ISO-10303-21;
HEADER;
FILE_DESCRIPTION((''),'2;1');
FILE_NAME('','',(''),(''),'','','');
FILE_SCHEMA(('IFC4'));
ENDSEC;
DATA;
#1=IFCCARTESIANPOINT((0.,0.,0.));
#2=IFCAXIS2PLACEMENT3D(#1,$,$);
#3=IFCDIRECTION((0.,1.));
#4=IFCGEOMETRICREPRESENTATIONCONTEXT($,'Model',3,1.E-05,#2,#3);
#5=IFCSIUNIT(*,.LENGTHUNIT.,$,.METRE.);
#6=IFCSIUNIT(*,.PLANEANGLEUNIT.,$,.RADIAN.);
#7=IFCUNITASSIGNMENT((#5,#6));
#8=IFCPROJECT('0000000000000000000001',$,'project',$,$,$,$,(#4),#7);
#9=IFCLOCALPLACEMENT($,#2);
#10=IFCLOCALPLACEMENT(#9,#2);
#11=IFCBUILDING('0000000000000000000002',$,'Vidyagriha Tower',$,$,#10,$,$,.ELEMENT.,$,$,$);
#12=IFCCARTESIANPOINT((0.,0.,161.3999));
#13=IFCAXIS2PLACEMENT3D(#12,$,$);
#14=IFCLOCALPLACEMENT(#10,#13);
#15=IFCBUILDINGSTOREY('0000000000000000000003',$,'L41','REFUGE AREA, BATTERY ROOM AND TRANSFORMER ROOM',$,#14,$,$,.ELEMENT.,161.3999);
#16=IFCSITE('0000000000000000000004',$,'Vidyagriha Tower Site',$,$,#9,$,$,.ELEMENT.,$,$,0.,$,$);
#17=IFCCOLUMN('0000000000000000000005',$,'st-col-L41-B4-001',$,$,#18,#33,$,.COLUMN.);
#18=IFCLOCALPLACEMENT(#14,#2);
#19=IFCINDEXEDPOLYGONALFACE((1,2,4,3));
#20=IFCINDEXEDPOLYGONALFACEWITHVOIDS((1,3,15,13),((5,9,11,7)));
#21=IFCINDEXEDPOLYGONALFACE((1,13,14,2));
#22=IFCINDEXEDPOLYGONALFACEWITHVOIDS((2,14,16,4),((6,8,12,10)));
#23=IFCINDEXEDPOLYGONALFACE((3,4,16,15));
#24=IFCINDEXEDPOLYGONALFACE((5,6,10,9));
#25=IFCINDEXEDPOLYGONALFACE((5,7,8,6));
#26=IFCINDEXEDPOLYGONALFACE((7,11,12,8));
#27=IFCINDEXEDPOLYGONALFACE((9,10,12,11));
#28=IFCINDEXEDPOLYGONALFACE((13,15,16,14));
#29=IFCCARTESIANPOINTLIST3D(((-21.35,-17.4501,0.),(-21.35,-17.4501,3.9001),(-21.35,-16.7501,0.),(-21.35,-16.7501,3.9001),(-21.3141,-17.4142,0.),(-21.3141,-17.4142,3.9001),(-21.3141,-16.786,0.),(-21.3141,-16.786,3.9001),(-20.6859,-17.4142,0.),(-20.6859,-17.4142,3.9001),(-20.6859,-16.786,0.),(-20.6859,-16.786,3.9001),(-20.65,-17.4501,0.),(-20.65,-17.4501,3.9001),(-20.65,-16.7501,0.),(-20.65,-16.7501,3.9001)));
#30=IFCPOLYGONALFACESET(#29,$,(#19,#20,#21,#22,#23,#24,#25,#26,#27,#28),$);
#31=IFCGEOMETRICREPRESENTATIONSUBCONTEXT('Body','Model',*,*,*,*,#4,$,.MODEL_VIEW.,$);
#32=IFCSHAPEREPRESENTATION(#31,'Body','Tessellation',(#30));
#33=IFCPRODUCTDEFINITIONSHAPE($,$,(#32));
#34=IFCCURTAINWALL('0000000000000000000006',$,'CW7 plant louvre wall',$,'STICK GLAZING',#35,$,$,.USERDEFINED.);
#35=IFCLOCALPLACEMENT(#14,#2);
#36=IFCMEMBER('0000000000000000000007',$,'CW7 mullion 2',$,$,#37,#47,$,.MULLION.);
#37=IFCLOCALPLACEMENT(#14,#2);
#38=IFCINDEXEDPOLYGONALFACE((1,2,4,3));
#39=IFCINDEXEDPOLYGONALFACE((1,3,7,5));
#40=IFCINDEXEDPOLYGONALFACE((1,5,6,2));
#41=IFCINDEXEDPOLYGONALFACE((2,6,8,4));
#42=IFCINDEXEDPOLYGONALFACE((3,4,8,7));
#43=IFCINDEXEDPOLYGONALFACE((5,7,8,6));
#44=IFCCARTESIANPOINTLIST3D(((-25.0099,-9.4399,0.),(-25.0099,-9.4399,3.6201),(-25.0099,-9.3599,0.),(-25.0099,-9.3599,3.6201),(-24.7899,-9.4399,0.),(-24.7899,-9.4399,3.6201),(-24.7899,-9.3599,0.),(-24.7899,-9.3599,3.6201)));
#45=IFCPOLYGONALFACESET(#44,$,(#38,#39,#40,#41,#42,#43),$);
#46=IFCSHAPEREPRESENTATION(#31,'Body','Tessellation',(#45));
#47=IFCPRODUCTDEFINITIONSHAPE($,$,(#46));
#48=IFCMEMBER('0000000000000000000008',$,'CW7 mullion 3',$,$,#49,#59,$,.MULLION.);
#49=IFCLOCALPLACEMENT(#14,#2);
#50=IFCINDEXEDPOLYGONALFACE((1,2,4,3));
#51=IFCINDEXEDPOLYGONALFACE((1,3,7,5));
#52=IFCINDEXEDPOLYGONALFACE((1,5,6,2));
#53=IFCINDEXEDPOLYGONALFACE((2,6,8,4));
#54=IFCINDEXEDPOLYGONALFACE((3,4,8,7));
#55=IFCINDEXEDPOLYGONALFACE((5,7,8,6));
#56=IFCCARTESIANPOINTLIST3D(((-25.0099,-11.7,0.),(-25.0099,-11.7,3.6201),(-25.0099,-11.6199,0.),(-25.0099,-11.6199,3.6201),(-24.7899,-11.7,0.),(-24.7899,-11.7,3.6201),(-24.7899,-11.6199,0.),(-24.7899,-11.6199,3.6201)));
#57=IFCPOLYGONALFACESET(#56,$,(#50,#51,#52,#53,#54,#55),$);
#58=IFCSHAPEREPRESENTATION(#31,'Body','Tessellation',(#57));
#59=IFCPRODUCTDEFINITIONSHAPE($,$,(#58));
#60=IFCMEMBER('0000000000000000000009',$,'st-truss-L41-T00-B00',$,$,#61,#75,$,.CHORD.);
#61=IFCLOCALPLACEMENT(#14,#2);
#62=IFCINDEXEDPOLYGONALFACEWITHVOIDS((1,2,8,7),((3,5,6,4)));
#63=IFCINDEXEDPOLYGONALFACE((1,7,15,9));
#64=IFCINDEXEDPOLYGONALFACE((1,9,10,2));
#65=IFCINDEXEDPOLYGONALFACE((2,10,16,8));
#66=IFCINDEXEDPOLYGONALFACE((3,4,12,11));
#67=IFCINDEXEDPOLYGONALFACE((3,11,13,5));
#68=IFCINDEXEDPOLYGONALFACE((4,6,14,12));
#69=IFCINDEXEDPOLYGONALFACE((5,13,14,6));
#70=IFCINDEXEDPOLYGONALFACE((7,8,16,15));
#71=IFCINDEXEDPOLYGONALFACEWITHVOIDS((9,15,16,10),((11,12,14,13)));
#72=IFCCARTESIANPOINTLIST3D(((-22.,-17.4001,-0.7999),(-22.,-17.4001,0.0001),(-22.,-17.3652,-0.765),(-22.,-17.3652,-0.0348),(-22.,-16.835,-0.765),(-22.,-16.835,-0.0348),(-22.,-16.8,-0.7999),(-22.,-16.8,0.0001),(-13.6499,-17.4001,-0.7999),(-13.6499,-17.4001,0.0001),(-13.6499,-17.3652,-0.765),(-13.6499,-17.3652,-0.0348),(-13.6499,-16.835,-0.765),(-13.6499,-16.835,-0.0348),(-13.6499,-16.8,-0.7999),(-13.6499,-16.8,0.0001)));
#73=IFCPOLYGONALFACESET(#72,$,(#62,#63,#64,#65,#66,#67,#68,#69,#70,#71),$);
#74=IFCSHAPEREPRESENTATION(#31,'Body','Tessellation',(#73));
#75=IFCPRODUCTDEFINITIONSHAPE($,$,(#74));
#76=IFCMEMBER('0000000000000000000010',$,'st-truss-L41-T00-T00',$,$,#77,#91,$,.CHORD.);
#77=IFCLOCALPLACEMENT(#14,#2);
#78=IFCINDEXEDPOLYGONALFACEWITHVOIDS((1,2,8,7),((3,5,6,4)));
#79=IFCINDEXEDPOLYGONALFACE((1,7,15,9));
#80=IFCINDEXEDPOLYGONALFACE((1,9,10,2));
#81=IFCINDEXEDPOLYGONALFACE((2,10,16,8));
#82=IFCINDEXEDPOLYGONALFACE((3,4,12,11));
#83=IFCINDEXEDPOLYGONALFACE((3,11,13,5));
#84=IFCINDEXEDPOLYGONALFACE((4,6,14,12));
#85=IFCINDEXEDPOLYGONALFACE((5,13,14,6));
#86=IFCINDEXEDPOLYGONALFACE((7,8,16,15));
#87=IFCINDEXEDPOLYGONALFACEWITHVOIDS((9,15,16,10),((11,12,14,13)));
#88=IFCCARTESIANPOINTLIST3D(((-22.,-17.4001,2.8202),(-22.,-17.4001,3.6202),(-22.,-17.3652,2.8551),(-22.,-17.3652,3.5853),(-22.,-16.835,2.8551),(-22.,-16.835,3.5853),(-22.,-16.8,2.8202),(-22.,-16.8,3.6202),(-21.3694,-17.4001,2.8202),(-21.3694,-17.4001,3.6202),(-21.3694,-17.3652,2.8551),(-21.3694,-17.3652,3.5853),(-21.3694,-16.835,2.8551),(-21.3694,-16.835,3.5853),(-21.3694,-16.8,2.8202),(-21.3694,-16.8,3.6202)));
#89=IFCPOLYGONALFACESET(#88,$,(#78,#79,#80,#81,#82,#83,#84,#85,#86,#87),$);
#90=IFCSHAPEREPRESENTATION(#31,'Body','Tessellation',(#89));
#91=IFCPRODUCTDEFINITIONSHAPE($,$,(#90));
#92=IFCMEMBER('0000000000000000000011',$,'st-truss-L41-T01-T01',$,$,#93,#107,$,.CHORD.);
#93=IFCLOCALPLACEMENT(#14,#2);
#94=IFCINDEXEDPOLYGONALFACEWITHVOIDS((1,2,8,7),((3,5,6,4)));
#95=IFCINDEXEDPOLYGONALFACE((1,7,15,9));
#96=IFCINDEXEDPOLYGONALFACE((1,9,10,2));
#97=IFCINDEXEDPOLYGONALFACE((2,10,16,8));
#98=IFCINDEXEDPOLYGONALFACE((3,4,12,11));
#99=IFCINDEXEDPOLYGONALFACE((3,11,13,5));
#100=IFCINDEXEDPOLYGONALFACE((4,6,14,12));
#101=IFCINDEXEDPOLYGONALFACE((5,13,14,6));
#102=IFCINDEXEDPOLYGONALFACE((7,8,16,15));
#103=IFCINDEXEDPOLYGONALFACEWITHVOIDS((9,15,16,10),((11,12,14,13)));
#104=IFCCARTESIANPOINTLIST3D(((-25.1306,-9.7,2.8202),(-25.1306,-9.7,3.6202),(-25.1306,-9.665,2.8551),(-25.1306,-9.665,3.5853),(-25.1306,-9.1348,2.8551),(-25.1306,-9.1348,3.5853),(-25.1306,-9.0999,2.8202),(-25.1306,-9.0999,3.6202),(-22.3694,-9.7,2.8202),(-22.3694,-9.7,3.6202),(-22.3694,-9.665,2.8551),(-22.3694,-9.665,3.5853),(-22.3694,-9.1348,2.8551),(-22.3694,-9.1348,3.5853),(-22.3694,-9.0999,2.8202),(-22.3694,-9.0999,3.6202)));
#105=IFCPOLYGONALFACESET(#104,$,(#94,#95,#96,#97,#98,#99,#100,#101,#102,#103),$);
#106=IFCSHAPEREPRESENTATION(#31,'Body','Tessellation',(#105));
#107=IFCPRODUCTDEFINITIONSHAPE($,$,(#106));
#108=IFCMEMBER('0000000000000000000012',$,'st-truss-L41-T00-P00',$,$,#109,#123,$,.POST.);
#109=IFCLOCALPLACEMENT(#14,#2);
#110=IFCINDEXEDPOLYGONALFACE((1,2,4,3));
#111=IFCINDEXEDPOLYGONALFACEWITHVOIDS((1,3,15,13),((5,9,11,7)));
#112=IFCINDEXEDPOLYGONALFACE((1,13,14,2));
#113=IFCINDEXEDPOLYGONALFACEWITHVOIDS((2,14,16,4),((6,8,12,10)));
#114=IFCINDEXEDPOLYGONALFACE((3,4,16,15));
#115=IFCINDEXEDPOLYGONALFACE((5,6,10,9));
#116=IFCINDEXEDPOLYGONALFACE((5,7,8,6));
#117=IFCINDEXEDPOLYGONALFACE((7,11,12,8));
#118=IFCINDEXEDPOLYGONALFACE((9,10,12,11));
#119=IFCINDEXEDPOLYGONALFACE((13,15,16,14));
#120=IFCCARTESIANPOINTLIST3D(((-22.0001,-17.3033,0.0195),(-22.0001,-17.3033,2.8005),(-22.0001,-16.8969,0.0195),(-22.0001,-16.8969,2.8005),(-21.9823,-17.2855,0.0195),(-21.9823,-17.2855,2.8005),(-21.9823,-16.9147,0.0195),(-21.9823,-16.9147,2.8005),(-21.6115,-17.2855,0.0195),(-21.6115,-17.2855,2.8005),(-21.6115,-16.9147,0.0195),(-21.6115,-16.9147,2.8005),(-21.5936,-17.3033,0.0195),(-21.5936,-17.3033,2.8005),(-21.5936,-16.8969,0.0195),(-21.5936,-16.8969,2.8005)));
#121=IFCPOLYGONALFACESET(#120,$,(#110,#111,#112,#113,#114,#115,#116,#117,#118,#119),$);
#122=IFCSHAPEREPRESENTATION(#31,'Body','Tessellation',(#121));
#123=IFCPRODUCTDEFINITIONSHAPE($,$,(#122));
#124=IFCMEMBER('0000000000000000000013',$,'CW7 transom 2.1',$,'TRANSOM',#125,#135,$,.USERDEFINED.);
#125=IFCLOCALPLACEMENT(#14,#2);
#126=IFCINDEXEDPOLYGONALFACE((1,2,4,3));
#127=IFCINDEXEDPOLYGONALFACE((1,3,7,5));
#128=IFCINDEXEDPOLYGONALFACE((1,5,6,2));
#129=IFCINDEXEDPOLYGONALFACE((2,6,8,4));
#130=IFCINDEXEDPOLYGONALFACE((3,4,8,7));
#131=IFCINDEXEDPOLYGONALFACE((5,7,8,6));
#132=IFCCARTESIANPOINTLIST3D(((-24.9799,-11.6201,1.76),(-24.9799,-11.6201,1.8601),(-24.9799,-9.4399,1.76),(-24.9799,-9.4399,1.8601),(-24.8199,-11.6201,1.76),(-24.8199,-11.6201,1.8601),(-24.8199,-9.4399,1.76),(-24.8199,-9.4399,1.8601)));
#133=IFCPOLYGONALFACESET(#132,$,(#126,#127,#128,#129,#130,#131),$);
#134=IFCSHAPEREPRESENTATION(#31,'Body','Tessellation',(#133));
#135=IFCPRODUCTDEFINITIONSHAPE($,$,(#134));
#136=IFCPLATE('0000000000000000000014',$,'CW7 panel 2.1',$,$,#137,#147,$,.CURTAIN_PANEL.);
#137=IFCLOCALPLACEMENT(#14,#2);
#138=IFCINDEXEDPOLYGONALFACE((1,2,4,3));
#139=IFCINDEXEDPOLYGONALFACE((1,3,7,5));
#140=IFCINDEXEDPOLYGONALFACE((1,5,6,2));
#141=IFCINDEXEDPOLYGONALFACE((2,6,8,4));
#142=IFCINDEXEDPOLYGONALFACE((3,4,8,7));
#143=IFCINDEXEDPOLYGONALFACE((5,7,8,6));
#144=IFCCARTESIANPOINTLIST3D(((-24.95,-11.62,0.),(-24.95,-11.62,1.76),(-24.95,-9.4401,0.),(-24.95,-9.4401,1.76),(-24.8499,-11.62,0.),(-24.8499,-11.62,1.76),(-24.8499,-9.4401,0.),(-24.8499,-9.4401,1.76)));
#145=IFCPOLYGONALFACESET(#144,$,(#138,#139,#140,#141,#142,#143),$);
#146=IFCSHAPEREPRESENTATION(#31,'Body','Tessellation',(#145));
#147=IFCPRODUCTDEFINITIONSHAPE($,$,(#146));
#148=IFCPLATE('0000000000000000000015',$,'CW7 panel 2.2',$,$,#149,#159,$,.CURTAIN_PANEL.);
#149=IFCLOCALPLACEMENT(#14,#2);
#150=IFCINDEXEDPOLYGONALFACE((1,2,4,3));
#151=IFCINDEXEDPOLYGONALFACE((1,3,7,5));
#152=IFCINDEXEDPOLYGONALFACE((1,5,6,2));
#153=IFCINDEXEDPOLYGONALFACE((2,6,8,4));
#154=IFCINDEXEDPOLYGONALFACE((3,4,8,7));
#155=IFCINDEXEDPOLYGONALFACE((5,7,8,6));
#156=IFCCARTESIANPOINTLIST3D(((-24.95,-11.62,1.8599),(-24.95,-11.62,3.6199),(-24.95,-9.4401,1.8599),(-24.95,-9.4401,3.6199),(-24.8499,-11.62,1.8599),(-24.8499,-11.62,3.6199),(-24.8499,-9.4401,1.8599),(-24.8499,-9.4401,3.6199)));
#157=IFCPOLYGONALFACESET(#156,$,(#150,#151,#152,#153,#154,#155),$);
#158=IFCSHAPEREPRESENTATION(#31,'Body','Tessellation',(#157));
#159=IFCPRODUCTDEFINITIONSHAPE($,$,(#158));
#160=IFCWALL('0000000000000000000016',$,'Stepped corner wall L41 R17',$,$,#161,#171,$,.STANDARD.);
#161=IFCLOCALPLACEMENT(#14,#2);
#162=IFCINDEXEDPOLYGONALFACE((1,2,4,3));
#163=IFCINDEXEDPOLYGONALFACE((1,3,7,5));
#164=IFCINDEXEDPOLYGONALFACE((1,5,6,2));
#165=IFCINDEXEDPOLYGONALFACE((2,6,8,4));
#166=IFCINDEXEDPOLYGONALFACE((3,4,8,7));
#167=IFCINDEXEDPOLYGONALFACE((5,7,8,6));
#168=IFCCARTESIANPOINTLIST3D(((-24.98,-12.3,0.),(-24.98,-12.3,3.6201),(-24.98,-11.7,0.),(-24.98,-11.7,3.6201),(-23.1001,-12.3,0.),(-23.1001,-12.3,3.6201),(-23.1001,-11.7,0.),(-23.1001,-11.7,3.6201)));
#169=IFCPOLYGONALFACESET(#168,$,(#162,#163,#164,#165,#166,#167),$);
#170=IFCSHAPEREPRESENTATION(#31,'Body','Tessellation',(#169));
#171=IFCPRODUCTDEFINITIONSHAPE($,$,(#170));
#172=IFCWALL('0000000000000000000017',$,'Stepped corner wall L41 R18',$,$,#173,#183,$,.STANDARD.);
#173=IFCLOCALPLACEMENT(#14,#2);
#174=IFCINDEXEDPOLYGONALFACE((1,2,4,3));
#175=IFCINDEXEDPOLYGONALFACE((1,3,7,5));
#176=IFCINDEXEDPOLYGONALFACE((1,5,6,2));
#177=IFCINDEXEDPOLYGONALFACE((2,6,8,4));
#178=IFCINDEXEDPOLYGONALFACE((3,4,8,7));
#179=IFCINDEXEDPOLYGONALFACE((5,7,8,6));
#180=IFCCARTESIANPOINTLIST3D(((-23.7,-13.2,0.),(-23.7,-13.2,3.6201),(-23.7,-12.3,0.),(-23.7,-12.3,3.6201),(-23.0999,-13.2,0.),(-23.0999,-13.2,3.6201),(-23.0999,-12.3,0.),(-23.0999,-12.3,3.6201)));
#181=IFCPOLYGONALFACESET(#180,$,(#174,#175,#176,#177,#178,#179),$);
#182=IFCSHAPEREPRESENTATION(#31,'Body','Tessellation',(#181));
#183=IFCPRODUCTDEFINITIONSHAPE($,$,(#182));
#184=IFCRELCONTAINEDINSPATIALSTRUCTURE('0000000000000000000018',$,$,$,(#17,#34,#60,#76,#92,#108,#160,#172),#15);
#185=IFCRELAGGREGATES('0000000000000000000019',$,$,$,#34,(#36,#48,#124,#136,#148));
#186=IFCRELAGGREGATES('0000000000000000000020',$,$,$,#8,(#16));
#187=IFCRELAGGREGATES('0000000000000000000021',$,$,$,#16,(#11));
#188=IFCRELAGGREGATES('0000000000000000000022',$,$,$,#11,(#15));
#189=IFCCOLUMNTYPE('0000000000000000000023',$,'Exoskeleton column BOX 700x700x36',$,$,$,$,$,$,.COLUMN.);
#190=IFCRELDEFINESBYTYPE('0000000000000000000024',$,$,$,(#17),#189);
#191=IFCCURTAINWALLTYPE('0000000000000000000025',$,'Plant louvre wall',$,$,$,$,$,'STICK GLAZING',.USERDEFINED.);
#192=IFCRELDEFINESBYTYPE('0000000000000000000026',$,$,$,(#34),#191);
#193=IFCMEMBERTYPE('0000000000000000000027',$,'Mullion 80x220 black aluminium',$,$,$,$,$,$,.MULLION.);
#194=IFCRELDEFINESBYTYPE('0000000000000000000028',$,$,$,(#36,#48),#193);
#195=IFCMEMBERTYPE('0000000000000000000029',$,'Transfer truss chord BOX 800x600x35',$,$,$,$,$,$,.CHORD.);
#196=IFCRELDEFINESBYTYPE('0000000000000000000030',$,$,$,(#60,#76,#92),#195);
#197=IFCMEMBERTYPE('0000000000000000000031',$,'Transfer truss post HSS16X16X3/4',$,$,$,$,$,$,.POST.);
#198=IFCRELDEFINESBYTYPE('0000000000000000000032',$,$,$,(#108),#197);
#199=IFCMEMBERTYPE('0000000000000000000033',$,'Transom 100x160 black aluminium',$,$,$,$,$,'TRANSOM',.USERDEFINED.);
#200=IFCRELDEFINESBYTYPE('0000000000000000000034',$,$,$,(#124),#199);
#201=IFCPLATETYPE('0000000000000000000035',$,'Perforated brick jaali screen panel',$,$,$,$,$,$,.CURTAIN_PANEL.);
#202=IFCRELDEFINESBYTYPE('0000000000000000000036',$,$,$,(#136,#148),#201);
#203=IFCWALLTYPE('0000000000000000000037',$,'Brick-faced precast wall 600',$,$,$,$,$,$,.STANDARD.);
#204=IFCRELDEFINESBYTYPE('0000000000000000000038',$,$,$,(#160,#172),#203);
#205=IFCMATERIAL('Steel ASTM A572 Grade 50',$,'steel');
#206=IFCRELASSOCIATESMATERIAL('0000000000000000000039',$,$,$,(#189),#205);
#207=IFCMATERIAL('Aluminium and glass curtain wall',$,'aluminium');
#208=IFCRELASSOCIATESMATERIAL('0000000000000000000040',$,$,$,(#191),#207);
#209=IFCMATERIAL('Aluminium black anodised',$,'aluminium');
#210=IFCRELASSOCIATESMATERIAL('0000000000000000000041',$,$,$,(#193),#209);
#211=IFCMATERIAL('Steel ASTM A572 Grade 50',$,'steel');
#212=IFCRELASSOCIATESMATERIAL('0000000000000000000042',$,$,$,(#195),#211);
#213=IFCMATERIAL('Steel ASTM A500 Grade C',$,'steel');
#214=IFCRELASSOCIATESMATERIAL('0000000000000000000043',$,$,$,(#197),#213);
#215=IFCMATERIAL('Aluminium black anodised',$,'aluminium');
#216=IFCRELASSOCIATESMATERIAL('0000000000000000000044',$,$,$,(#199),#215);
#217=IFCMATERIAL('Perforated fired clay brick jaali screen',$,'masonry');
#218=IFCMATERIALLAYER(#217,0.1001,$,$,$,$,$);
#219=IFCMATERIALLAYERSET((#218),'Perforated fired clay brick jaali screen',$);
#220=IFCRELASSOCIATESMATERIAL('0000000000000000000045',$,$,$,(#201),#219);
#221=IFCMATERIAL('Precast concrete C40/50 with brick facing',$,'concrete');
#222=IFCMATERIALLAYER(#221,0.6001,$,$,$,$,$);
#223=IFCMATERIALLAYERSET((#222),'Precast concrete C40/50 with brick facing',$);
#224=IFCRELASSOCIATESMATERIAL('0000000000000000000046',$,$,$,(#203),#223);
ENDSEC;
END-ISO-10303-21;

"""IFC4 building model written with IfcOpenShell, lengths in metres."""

from ifc_helpers import new_model, si_unit, direction, frame, frame_2d, origin, origin_2d, place, context, subcontext, project, spatial, rectangle, hollow_rectangle, extrude, material, layer, layer_set, material_profile, profile_set, type_object, element, aggregate, save


model = new_model("IFC4")

# Units and contexts
model_context = context("Model", 3, precision=1e-05, world=origin(), true_north=direction((0.0, 1.0)))
body_context = subcontext(model_context, "Body", "Model", "MODEL_VIEW")
ifc_project = project(units=[si_unit("LENGTHUNIT", "METRE"), si_unit("PLANEANGLEUNIT", "RADIAN")], contexts=[model_context])

# Site, building, storey
site_placement = place(None, origin())
site = spatial("IfcSite", under=ifc_project, at=site_placement, Name="Vidyagriha Tower Site", CompositionType="ELEMENT", RefElevation=0.0)
building_placement = place(site_placement, origin())
building = spatial("IfcBuilding", under=site, at=building_placement, Name="Vidyagriha Tower", CompositionType="ELEMENT")
storey_placement = place(building_placement, frame((0.0, 0.0, 161.3999)))
storey = spatial("IfcBuildingStorey", under=building, at=storey_placement, Name="L41", Description="REFUGE AREA, BATTERY ROOM AND TRANSFORMER ROOM", CompositionType="ELEMENT", Elevation=161.3999)

# Column
ifc_material_1 = material(Name="Steel ASTM A572 Grade 50", Category="steel")
ifc_material_profile_1 = material_profile(ifc_material_1, hollow_rectangle(XDim=0.7, YDim=0.7, WallThickness=0.0359, at=origin_2d()), Name="BOX 700x700x36")
ifc_profile_set_1 = profile_set([ifc_material_profile_1], Name="Steel ASTM A572 Grade 50")
column_type = type_object("IfcColumnType", Name="Exoskeleton column BOX 700x700x36", PredefinedType="COLUMN", material=ifc_profile_set_1)
column_placement = place(storey_placement, frame((-21.0, -17.1001, 0.0)))
element("IfcColumn", 1, at=column_placement, inside=storey, type_object=column_type, Name="st-col-L41-B4-001", PredefinedType="COLUMN", context=body_context, shape_type="SweptSolid", body=[
    extrude(hollow_rectangle(XDim=0.7, YDim=0.7, WallThickness=0.0359, at=origin_2d()), origin(), (0.0, 0.0, 1.0), 3.9001),
])

# Curtain wall, members
ifc_material_2 = material(Name="Aluminium and glass curtain wall", Category="aluminium")
curtain_wall_type = type_object("IfcCurtainWallType", Name="Plant louvre wall", ElementType="STICK GLAZING", PredefinedType="USERDEFINED", material=ifc_material_2)
curtain_wall_placement = place(storey_placement, origin())
curtain_wall = element("IfcCurtainWall", 2, at=curtain_wall_placement, inside=storey, type_object=curtain_wall_type, Name="CW7 plant louvre wall", ObjectType="STICK GLAZING", PredefinedType="USERDEFINED")
ifc_material_3 = material(Name="Aluminium black anodised", Category="aluminium")
ifc_material_profile_2 = material_profile(ifc_material_3, rectangle(XDim=0.22, YDim=0.0801, at=origin_2d()), Name="Mullion 80x220 black aluminium")
ifc_profile_set_2 = profile_set([ifc_material_profile_2], Name="Aluminium black anodised")
member_type_1 = type_object("IfcMemberType", Name="Mullion 80x220 black aluminium", PredefinedType="MULLION", material=ifc_profile_set_2)
member_1_placement = place(storey_placement, frame((-24.8999, -9.3999, 0.0)))
member_1 = element("IfcMember", 3, at=member_1_placement, type_object=member_type_1, Name="CW7 mullion 2", PredefinedType="MULLION", context=body_context, shape_type="SweptSolid", body=[
    extrude(rectangle(XDim=0.22, YDim=0.0801, at=origin_2d()), origin(), (0.0, 0.0, 1.0), 3.6201),
])
member_2_placement = place(storey_placement, frame((-24.8999, -11.6599, 0.0)))
member_2 = element("IfcMember", 4, at=member_2_placement, type_object=member_type_1, Name="CW7 mullion 3", PredefinedType="MULLION", context=body_context, shape_type="SweptSolid", body=[
    extrude(rectangle(XDim=0.22, YDim=0.0801, at=origin_2d()), origin(), (0.0, 0.0, 1.0), 3.6201),
])

# Members
ifc_material_4 = material(Name="Steel ASTM A572 Grade 50", Category="steel")
ifc_material_profile_3 = material_profile(ifc_material_4, hollow_rectangle(XDim=0.6001, YDim=0.8, WallThickness=0.0349, at=origin_2d()), Name="BOX 800x600x35")
ifc_profile_set_3 = profile_set([ifc_material_profile_3], Name="Steel ASTM A572 Grade 50")
member_type_2 = type_object("IfcMemberType", Name="Transfer truss chord BOX 800x600x35", PredefinedType="CHORD", material=ifc_profile_set_3)
member_3_placement = place(storey_placement, frame((-22.0, -17.1001, -0.3999), z_axis=(1.0, 0.0, 0.0), x_axis=(0.0, 1.0, 0.0)))
element("IfcMember", 5, at=member_3_placement, inside=storey, type_object=member_type_2, Name="st-truss-L41-T00-B00", PredefinedType="CHORD", context=body_context, shape_type="SweptSolid", body=[
    extrude(hollow_rectangle(XDim=0.6001, YDim=0.8, WallThickness=0.0349, at=origin_2d()), origin(), (0.0, 0.0, 1.0), 8.3501),
])
member_4_placement = place(storey_placement, frame((-22.0, -17.1001, 3.2202), z_axis=(1.0, 0.0, 0.0), x_axis=(0.0, 1.0, 0.0)))
element("IfcMember", 6, at=member_4_placement, inside=storey, type_object=member_type_2, Name="st-truss-L41-T00-T00", PredefinedType="CHORD", context=body_context, shape_type="SweptSolid", body=[
    extrude(hollow_rectangle(XDim=0.6001, YDim=0.8, WallThickness=0.0349, at=origin_2d()), origin(), (0.0, 0.0, 1.0), 0.6306),
])
member_5_placement = place(storey_placement, frame((-25.1306, -9.3999, 3.2202), z_axis=(1.0, 0.0, 0.0), x_axis=(0.0, 1.0, 0.0)))
element("IfcMember", 7, at=member_5_placement, inside=storey, type_object=member_type_2, Name="st-truss-L41-T01-T01", PredefinedType="CHORD", context=body_context, shape_type="SweptSolid", body=[
    extrude(hollow_rectangle(XDim=0.6001, YDim=0.8, WallThickness=0.0349, at=origin_2d()), origin(), (0.0, 0.0, 1.0), 2.7612),
])
ifc_material_5 = material(Name="Steel ASTM A500 Grade C", Category="steel")
ifc_material_profile_4 = material_profile(ifc_material_5, hollow_rectangle(XDim=0.4065, YDim=0.4065, WallThickness=0.0178, at=origin_2d()), Name="HSS16X16X3/4")
ifc_profile_set_4 = profile_set([ifc_material_profile_4], Name="Steel ASTM A500 Grade C")
member_type_3 = type_object("IfcMemberType", Name="Transfer truss post HSS16X16X3/4", PredefinedType="POST", material=ifc_profile_set_4)
member_6_placement = place(storey_placement, frame((-21.7969, -17.1001, 0.0195)))
element("IfcMember", 8, at=member_6_placement, inside=storey, type_object=member_type_3, Name="st-truss-L41-T00-P00", PredefinedType="POST", context=body_context, shape_type="SweptSolid", body=[
    extrude(hollow_rectangle(XDim=0.4065, YDim=0.4065, WallThickness=0.0178, at=origin_2d()), origin(), (0.0, 0.0, 1.0), 2.781),
])

# Member
ifc_material_6 = material(Name="Aluminium black anodised", Category="aluminium")
ifc_material_profile_5 = material_profile(ifc_material_6, rectangle(XDim=0.1599, YDim=0.1001, at=origin_2d()), Name="Transom 100x160 black aluminium")
ifc_profile_set_5 = profile_set([ifc_material_profile_5], Name="Aluminium black anodised")
member_type_4 = type_object("IfcMemberType", Name="Transom 100x160 black aluminium", ElementType="TRANSOM", PredefinedType="USERDEFINED", material=ifc_profile_set_5)
member_7_placement = place(storey_placement, frame((-24.8999, -9.4399, 1.8101), z_axis=(0.0, -1.0, 0.0), x_axis=(1.0, 0.0, 0.0)))
member_7 = element("IfcMember", 9, at=member_7_placement, type_object=member_type_4, Name="CW7 transom 2.1", ObjectType="TRANSOM", PredefinedType="USERDEFINED", context=body_context, shape_type="SweptSolid", body=[
    extrude(rectangle(XDim=0.1599, YDim=0.1001, at=origin_2d()), origin(), (0.0, 0.0, 1.0), 2.1802),
])

# Plates
ifc_material_7 = material(Name="Perforated fired clay brick jaali screen", Category="masonry")
ifc_layer_1 = layer(ifc_material_7, 0.1001)
ifc_layer_set_1 = layer_set([ifc_layer_1], Name="Perforated fired clay brick jaali screen")
plate_type = type_object("IfcPlateType", Name="Perforated brick jaali screen panel", PredefinedType="CURTAIN_PANEL", material=ifc_layer_set_1)
plate_1_placement = place(storey_placement, frame((-24.8999, -10.53, 0.0), z_axis=(0.0, 0.0, 1.0), x_axis=(0.0, -1.0, 0.0)))
plate_1 = element("IfcPlate", 10, at=plate_1_placement, type_object=plate_type, Name="CW7 panel 2.1", PredefinedType="CURTAIN_PANEL", context=body_context, shape_type="SweptSolid", body=[
    extrude(rectangle(XDim=2.1799, YDim=0.1001, at=origin_2d()), origin(), (0.0, 0.0, 1.0), 1.76),
])
plate_2_placement = place(storey_placement, frame((-24.8999, -10.53, 1.8599), z_axis=(0.0, 0.0, 1.0), x_axis=(0.0, -1.0, 0.0)))
plate_2 = element("IfcPlate", 11, at=plate_2_placement, type_object=plate_type, Name="CW7 panel 2.2", PredefinedType="CURTAIN_PANEL", context=body_context, shape_type="SweptSolid", body=[
    extrude(rectangle(XDim=2.1799, YDim=0.1001, at=origin_2d()), origin(), (0.0, 0.0, 1.0), 1.76),
])
aggregate(curtain_wall, [member_1, member_2, member_7, plate_1, plate_2])

# Walls
ifc_material_8 = material(Name="Precast concrete C40/50 with brick facing", Category="concrete")
ifc_layer_2 = layer(ifc_material_8, 0.6001)
ifc_layer_set_2 = layer_set([ifc_layer_2], Name="Precast concrete C40/50 with brick facing")
wall_type_1 = type_object("IfcWallType", Name="Brick-faced precast wall 600", PredefinedType="STANDARD", material=ifc_layer_set_2)
wall_1_placement = place(storey_placement, frame((-24.98, -12.0, 0.0)))
element("IfcWall", 12, at=wall_1_placement, inside=storey, type_object=wall_type_1, Name="Stepped corner wall L41 R17", PredefinedType="STANDARD", context=body_context, shape_type="SweptSolid", body=[
    extrude(rectangle(XDim=1.8799, YDim=0.6001, at=frame_2d((0.9399, 0.0))), origin(), (0.0, 0.0, 1.0), 3.6201),
])
wall_2_placement = place(storey_placement, frame((-23.3999, -12.3, 0.0), z_axis=(0.0, 0.0, 1.0), x_axis=(0.0, -1.0, 0.0)))
element("IfcWall", 13, at=wall_2_placement, inside=storey, type_object=wall_type_1, Name="Stepped corner wall L41 R18", PredefinedType="STANDARD", context=body_context, shape_type="SweptSolid", body=[
    extrude(rectangle(XDim=0.8999, YDim=0.6001, at=frame_2d((0.45, 0.0))), origin(), (0.0, 0.0, 1.0), 3.6201),
])

save(model, "model.ifc")
